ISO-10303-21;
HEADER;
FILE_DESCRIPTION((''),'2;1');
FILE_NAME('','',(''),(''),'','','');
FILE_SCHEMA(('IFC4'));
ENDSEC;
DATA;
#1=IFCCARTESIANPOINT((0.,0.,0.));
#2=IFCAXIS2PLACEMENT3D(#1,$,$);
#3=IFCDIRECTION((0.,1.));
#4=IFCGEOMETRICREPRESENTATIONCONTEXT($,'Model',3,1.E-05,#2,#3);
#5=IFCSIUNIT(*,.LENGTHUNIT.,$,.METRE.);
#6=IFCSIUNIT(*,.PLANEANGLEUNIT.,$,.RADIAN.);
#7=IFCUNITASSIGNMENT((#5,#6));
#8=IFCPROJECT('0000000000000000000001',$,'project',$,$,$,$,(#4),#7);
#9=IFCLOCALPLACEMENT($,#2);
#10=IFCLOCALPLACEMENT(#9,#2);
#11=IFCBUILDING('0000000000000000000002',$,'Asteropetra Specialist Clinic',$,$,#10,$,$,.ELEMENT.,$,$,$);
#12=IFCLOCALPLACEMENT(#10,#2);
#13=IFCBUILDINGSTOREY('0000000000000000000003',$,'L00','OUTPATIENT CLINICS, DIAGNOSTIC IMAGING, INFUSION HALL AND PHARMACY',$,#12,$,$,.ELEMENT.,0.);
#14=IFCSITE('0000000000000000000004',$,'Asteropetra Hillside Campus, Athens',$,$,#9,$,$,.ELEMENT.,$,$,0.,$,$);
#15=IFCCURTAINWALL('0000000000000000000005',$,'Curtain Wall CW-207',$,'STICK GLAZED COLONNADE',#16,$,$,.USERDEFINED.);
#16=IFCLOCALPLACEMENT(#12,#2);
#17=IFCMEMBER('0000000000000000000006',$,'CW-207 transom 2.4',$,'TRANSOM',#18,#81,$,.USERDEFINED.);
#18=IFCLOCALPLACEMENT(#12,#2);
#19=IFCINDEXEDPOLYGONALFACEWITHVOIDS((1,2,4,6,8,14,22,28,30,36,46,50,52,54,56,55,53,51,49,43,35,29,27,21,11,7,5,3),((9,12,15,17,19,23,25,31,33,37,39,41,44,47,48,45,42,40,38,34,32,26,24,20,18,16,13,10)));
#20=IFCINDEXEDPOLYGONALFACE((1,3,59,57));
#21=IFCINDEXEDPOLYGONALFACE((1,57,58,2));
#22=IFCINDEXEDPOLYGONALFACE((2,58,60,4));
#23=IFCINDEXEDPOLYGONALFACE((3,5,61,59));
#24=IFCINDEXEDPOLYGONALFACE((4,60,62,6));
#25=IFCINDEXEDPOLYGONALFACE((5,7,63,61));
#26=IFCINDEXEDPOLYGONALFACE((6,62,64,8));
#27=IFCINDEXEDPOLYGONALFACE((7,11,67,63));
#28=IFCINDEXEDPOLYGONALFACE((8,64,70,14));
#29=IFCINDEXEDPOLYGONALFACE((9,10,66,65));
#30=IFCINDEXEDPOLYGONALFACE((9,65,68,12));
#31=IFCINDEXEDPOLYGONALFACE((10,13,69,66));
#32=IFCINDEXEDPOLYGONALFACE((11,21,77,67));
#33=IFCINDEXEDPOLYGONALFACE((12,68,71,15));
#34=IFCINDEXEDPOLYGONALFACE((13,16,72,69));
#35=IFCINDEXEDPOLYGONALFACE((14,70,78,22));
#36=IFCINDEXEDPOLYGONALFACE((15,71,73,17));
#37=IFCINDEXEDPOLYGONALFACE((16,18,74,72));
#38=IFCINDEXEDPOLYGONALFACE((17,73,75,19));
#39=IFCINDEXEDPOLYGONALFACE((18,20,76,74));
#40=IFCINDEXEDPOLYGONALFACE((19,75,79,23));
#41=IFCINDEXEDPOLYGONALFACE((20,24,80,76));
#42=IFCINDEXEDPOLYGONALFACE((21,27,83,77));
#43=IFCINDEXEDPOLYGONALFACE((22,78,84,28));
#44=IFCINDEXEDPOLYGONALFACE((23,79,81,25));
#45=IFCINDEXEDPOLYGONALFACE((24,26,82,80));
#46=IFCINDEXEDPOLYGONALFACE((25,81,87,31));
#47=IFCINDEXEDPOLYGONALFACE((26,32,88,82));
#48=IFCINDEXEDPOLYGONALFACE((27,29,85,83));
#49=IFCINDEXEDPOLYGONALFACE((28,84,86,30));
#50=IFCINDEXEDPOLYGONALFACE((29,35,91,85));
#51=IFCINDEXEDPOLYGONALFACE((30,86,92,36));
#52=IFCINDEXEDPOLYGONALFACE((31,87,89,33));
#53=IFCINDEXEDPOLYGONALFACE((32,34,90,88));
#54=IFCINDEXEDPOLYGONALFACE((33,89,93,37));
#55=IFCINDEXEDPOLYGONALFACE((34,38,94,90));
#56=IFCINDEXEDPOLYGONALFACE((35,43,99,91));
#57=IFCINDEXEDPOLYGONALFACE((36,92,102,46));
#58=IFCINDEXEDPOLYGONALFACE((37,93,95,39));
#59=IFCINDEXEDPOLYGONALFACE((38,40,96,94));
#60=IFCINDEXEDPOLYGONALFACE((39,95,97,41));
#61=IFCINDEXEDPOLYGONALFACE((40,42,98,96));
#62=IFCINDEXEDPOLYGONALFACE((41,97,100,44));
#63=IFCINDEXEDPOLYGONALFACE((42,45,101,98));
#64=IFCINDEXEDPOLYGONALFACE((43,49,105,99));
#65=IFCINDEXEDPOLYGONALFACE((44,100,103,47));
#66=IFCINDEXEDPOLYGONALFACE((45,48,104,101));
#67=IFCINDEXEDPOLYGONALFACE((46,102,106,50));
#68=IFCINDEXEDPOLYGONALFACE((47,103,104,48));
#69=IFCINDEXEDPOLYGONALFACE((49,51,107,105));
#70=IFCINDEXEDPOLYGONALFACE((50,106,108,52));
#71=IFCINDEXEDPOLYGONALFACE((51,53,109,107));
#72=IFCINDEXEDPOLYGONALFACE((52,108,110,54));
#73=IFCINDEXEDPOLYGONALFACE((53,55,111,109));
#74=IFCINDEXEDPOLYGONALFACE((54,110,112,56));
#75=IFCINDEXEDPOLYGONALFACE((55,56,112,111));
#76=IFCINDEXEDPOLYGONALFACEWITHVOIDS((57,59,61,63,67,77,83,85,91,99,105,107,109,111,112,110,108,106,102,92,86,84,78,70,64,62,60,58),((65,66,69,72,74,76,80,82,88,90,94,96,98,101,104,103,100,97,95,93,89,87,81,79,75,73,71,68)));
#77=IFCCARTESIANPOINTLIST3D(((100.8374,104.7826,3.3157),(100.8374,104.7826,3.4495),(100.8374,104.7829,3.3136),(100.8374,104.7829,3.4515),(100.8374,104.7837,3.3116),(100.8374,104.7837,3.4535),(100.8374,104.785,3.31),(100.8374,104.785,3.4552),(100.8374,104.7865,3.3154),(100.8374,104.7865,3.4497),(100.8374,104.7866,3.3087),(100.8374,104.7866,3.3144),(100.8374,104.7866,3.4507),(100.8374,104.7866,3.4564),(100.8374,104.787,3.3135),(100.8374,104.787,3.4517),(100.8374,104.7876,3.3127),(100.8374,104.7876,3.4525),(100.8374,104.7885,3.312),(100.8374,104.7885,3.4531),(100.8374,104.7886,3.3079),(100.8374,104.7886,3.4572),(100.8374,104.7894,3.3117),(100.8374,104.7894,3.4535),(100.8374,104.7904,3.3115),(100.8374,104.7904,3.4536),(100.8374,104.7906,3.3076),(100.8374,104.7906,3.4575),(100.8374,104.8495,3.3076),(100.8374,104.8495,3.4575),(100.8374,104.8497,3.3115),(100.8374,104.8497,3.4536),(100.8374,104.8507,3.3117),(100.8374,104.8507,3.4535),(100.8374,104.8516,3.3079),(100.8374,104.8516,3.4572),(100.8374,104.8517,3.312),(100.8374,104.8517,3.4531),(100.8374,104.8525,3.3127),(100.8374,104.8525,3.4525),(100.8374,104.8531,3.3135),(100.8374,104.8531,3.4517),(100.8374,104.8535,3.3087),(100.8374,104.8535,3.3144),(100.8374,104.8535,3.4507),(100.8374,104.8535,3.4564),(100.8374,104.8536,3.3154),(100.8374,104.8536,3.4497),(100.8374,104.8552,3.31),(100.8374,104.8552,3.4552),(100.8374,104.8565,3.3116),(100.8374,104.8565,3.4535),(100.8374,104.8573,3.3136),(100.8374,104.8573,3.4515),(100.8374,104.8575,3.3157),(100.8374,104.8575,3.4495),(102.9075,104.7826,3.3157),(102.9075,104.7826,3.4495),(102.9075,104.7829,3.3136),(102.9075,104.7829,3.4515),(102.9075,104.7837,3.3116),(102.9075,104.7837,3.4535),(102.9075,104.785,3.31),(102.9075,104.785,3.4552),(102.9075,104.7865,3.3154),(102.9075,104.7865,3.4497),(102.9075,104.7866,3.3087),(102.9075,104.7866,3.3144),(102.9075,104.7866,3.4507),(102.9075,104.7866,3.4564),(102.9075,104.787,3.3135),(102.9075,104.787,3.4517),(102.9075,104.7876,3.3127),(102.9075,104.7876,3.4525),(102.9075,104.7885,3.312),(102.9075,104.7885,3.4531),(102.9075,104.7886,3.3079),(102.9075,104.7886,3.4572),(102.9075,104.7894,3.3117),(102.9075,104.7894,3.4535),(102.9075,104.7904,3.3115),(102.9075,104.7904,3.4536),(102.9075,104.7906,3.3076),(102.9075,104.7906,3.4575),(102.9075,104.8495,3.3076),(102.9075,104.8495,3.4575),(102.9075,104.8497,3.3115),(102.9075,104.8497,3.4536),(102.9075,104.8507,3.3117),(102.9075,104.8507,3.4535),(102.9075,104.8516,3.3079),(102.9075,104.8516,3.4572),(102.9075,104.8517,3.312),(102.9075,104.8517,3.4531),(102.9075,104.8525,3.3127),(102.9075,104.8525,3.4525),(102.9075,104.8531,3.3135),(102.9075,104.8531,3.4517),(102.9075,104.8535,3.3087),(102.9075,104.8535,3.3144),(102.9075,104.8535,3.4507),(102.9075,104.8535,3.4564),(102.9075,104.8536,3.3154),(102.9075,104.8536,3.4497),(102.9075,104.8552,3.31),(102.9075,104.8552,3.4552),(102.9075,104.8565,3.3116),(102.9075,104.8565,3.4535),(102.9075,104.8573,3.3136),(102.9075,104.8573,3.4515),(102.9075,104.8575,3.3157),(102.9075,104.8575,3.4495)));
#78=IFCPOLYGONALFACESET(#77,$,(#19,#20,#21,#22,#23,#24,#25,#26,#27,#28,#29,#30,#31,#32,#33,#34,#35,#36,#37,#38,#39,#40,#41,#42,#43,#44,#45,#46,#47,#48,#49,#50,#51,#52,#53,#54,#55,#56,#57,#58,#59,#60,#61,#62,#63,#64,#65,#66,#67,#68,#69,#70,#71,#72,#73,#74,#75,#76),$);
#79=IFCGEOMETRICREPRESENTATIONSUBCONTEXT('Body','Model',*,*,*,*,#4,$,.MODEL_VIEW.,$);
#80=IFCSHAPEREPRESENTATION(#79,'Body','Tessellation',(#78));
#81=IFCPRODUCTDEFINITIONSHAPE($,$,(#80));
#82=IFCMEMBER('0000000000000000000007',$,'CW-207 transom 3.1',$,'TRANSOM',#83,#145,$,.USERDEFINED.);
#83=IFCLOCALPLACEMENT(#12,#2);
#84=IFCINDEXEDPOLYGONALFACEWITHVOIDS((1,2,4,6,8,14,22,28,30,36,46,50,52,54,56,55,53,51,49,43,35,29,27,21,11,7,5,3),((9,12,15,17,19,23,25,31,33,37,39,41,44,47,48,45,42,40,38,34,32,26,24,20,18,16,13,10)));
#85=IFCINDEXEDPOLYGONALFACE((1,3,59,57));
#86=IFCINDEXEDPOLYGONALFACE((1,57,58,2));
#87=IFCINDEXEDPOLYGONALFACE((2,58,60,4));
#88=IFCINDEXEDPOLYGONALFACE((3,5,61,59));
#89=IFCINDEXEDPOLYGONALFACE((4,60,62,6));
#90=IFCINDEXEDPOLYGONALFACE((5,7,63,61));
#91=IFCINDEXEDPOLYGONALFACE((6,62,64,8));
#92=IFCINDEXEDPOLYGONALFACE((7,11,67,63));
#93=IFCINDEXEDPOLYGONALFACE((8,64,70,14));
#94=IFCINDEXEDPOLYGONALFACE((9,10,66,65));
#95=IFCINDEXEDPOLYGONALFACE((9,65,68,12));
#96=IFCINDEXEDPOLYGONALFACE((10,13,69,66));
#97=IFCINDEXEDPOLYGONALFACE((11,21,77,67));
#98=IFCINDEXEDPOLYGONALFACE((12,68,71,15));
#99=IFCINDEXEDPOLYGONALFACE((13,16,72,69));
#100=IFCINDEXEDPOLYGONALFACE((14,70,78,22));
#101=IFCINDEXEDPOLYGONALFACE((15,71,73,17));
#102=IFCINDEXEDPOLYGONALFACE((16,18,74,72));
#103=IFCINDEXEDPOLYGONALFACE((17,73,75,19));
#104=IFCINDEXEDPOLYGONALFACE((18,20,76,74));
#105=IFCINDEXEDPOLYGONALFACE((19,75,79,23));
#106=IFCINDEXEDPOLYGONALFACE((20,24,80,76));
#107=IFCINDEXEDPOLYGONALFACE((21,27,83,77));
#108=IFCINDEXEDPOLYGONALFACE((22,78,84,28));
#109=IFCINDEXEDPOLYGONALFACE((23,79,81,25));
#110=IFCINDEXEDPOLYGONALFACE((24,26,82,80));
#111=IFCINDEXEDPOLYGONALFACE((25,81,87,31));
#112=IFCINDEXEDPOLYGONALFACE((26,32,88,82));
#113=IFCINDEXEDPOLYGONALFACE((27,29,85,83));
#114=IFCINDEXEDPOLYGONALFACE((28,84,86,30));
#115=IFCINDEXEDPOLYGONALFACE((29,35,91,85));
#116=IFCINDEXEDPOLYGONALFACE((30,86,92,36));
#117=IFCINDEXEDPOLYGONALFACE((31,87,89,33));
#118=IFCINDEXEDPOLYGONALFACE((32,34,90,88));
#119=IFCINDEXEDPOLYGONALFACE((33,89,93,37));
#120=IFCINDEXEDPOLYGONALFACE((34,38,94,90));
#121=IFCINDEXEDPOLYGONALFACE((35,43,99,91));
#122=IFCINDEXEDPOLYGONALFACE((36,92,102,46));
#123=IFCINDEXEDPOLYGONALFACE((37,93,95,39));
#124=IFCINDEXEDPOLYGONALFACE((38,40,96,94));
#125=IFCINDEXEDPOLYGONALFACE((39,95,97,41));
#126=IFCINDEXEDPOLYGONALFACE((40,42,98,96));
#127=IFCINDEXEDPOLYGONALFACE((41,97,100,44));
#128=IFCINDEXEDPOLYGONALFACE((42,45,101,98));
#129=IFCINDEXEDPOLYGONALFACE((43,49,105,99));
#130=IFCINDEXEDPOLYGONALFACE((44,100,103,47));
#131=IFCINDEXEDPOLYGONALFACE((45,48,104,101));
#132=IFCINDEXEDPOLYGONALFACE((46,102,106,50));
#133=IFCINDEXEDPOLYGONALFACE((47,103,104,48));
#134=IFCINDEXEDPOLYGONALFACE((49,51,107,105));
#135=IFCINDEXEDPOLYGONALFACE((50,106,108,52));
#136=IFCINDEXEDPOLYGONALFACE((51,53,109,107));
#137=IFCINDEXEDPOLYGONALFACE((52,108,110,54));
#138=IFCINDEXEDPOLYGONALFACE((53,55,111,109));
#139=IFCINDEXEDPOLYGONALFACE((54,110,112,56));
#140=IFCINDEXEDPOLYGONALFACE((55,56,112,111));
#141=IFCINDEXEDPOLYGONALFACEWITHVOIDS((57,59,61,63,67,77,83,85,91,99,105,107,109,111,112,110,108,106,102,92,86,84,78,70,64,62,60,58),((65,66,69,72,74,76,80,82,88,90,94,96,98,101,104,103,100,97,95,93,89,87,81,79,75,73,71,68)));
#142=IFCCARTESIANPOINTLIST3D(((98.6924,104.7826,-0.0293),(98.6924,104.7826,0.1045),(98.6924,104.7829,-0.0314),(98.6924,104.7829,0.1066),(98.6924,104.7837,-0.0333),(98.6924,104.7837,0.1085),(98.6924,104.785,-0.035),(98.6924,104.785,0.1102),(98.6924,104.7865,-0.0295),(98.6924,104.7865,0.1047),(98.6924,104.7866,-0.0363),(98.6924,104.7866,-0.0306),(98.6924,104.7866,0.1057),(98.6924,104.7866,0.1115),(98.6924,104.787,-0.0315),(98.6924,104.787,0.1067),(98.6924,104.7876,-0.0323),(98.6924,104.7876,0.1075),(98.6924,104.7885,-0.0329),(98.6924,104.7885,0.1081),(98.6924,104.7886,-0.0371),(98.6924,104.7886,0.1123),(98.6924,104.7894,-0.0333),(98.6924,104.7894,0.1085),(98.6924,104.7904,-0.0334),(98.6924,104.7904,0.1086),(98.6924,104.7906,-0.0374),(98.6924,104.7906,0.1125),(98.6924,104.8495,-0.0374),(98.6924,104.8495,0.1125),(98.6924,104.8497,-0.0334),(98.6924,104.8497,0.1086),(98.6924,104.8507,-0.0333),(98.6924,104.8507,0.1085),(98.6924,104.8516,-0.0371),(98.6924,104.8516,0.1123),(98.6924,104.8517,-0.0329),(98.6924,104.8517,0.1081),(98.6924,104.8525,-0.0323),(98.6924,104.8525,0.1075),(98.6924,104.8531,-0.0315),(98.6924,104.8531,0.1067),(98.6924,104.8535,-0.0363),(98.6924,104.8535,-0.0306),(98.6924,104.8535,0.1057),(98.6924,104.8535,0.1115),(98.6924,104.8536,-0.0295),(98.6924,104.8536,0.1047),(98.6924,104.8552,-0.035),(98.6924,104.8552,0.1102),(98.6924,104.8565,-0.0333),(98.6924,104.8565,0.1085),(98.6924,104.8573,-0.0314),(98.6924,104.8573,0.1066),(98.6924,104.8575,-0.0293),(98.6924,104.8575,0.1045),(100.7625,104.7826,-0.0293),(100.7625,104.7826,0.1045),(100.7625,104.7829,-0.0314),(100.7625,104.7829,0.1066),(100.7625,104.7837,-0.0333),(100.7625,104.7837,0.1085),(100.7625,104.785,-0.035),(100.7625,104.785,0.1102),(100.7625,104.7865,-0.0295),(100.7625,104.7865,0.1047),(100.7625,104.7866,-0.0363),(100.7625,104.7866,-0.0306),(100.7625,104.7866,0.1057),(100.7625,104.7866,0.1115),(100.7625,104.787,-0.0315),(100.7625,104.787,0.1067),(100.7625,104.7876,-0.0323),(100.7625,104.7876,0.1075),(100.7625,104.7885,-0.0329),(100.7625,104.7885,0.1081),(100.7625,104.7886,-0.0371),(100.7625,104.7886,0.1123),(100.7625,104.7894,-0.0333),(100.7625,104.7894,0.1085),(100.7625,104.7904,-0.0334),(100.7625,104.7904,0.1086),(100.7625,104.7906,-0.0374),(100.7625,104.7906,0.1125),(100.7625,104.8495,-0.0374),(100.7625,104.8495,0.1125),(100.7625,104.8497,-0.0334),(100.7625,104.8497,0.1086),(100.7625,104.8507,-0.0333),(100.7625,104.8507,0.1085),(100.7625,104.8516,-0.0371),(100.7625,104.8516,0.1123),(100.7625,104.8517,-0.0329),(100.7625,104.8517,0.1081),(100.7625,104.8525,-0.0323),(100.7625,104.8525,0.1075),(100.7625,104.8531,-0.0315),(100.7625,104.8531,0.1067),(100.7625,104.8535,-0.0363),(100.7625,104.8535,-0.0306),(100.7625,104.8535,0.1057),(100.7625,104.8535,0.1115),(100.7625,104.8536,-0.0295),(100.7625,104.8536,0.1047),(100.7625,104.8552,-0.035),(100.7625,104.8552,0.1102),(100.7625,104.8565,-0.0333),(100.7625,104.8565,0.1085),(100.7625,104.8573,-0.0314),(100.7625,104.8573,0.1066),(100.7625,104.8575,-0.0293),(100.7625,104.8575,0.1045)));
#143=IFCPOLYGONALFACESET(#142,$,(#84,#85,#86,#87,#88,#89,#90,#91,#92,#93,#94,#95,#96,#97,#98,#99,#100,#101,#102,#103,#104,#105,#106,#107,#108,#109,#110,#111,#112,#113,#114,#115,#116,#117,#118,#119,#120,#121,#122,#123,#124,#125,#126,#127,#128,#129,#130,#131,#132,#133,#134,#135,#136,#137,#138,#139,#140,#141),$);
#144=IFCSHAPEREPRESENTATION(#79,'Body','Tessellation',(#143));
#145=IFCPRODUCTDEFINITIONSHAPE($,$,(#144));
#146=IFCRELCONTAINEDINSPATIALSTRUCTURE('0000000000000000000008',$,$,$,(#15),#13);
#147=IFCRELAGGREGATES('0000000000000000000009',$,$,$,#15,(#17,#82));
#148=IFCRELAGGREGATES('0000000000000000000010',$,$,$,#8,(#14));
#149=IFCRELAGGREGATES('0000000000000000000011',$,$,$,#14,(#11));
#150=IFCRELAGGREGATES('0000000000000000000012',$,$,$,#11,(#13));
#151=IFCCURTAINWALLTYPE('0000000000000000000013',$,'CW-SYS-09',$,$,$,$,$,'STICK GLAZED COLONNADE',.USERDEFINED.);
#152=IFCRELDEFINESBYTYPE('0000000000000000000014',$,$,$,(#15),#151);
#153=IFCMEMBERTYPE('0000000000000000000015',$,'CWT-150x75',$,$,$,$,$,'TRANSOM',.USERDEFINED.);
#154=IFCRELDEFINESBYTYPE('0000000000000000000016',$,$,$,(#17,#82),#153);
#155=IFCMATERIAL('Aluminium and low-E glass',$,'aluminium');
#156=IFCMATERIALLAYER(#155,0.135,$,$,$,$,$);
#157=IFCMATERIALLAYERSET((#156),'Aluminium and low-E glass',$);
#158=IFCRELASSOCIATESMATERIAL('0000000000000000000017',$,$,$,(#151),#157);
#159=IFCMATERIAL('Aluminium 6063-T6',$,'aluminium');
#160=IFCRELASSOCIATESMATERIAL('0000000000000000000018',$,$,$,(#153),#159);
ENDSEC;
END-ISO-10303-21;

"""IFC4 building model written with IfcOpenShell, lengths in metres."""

from ifc_helpers import new_model, si_unit, direction, frame, origin, origin_2d, place, context, subcontext, project, spatial, hollow_rectangle, extrude, material, layer, layer_set, material_profile, profile_set, type_object, element, aggregate, save


model = new_model("IFC4")

# Units and contexts
model_context = context("Model", 3, precision=1e-05, world=origin(), true_north=direction((0.0, 1.0)))
body_context = subcontext(model_context, "Body", "Model", "MODEL_VIEW")
ifc_project = project(units=[si_unit("LENGTHUNIT", "METRE"), si_unit("PLANEANGLEUNIT", "RADIAN")], contexts=[model_context])

# Site, building, storey
site_placement = place(None, origin())
site = spatial("IfcSite", under=ifc_project, at=site_placement, Name="Asteropetra Hillside Campus, Athens", CompositionType="ELEMENT", RefElevation=0.0)
building_placement = place(site_placement, origin())
building = spatial("IfcBuilding", under=site, at=building_placement, Name="Asteropetra Specialist Clinic", CompositionType="ELEMENT")
storey_placement = place(building_placement, origin())
storey = spatial("IfcBuildingStorey", under=building, at=storey_placement, Name="L00", Description="OUTPATIENT CLINICS, DIAGNOSTIC IMAGING, INFUSION HALL AND PHARMACY", CompositionType="ELEMENT", Elevation=0.0)

# Curtain wall, members
ifc_material_1 = material(Name="Aluminium and low-E glass", Category="aluminium")
ifc_layer_1 = layer(ifc_material_1, 0.135)
ifc_layer_set_1 = layer_set([ifc_layer_1], Name="Aluminium and low-E glass")
curtain_wall_type = type_object("IfcCurtainWallType", Name="CW-SYS-09", ElementType="STICK GLAZED COLONNADE", PredefinedType="USERDEFINED", material=ifc_layer_set_1)
curtain_wall_placement = place(storey_placement, origin())
curtain_wall = element("IfcCurtainWall", 1, at=curtain_wall_placement, inside=storey, type_object=curtain_wall_type, Name="Curtain Wall CW-207", ObjectType="STICK GLAZED COLONNADE", PredefinedType="USERDEFINED")
ifc_material_2 = material(Name="Aluminium 6063-T6", Category="aluminium")
ifc_material_profile_1 = material_profile(ifc_material_2, hollow_rectangle(XDim=0.075, YDim=0.1499, WallThickness=0.0039, InnerFilletRadius=0.0039, OuterFilletRadius=0.0081, at=origin_2d()), Name="TRN 150x75x4.0")
ifc_profile_set_1 = profile_set([ifc_material_profile_1], Name="Aluminium 6063-T6")
member_type_1 = type_object("IfcMemberType", Name="CWT-150x75", ElementType="TRANSOM", PredefinedType="USERDEFINED", material=ifc_profile_set_1)
member_1_placement = place(storey_placement, frame((102.9075, 104.8201, 3.3826), z_axis=(-1.0, 0.0, 0.0), x_axis=(0.0, -1.0, 0.0)))
member_1 = element("IfcMember", 2, at=member_1_placement, type_object=member_type_1, Name="CW-207 transom 2.4", ObjectType="TRANSOM", PredefinedType="USERDEFINED", context=body_context, shape_type="SweptSolid", body=[
    extrude(hollow_rectangle(XDim=0.075, YDim=0.1499, WallThickness=0.0039, InnerFilletRadius=0.0039, OuterFilletRadius=0.0081, at=origin_2d()), origin(), (0.0, 0.0, 1.0), 2.0701),
])
member_2_placement = place(storey_placement, frame((100.7625, 104.8201, 0.0376), z_axis=(-1.0, 0.0, 0.0), x_axis=(0.0, -1.0, 0.0)))
member_2 = element("IfcMember", 3, at=member_2_placement, type_object=member_type_1, Name="CW-207 transom 3.1", ObjectType="TRANSOM", PredefinedType="USERDEFINED", context=body_context, shape_type="SweptSolid", body=[
    extrude(hollow_rectangle(XDim=0.075, YDim=0.1499, WallThickness=0.0039, InnerFilletRadius=0.0039, OuterFilletRadius=0.0081, at=origin_2d()), origin(), (0.0, 0.0, 1.0), 2.0701),
])
aggregate(curtain_wall, [member_1, member_2])

save(model, "model.ifc")
